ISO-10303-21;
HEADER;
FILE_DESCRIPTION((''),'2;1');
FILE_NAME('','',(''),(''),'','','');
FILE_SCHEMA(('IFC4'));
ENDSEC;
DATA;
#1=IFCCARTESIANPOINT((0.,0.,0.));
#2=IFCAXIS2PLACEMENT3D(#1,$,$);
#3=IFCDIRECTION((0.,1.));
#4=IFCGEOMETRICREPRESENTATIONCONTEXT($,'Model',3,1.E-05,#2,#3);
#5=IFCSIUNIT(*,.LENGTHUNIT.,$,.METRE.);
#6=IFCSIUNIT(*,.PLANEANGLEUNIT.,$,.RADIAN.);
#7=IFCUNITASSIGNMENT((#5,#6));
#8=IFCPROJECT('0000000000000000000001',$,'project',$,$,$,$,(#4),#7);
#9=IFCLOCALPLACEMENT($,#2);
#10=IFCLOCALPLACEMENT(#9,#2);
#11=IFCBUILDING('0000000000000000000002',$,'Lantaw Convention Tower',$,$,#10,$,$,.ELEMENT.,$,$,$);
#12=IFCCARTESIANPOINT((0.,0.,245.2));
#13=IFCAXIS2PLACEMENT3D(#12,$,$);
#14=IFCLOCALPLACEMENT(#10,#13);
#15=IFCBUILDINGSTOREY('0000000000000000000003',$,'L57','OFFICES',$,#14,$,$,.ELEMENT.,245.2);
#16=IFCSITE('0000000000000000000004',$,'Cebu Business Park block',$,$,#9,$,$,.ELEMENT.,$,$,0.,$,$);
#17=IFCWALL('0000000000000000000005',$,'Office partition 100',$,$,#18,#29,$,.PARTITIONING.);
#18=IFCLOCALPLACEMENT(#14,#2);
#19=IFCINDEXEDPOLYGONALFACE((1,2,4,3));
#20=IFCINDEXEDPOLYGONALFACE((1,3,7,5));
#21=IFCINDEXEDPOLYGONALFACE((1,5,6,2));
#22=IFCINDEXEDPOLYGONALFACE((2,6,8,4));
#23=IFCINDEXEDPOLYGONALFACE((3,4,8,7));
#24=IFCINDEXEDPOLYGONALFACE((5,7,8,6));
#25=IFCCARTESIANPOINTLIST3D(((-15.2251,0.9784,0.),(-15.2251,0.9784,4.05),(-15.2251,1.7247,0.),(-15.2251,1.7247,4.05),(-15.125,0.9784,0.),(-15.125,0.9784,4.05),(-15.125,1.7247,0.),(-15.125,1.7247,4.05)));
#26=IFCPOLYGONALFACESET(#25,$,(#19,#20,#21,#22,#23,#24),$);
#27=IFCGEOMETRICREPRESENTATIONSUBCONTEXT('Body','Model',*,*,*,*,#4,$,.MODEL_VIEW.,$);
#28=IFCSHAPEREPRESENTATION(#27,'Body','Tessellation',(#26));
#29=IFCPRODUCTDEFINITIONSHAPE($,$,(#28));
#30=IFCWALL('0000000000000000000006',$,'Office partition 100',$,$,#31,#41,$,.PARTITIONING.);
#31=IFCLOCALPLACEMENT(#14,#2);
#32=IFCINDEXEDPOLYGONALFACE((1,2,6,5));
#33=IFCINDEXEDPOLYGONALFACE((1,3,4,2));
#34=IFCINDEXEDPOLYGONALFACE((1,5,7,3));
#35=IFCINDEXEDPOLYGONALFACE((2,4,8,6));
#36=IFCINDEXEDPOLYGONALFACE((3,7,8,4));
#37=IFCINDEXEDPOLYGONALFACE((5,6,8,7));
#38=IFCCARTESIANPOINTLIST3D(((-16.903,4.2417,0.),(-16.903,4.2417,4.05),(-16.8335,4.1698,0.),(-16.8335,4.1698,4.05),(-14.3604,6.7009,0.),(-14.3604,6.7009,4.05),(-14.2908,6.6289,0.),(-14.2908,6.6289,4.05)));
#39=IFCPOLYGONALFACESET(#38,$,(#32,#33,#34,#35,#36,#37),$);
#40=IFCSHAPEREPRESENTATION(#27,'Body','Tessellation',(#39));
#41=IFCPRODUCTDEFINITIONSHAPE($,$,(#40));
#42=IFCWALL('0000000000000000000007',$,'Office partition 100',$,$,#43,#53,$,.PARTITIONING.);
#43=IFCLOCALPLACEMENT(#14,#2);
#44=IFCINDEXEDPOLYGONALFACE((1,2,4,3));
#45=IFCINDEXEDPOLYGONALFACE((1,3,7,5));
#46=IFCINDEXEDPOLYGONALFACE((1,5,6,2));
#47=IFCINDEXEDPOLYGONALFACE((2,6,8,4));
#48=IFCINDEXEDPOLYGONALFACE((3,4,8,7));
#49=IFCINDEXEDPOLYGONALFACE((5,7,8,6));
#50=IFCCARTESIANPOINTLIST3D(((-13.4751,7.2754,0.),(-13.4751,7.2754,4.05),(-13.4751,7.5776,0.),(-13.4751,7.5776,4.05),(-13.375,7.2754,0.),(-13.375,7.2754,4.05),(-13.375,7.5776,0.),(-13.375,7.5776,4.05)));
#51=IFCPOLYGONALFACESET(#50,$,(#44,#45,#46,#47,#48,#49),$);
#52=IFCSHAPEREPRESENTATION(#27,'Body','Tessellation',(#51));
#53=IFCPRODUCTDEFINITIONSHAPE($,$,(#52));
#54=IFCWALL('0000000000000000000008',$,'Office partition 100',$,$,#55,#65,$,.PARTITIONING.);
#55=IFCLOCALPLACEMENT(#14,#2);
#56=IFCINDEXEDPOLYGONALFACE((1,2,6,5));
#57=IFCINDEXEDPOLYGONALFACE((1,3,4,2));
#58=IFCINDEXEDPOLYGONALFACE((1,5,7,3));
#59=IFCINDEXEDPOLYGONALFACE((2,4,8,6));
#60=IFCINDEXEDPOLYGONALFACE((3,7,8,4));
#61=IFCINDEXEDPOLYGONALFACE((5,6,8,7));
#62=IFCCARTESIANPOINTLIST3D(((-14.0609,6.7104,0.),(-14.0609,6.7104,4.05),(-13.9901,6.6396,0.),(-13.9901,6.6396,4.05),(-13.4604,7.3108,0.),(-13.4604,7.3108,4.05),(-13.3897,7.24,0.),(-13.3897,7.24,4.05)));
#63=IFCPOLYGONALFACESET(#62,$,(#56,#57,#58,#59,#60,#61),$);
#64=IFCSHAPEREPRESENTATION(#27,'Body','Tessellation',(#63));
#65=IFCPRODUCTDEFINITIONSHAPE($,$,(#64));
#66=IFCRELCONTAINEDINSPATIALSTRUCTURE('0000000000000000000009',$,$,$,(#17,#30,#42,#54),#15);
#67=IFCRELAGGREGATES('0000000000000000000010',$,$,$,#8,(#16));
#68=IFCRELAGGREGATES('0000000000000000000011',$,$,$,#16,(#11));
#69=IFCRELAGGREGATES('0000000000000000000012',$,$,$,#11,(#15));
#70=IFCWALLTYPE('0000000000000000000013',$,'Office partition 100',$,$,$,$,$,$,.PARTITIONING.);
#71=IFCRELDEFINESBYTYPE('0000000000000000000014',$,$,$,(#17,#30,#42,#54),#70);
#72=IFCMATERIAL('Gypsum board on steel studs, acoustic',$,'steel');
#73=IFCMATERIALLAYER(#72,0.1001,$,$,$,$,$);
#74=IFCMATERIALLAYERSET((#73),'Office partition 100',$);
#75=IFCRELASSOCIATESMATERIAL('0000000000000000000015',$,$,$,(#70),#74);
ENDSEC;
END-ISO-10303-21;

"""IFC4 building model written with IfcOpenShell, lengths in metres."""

from ifc_helpers import new_model, si_unit, direction, frame, frame_2d, origin, place, context, subcontext, project, spatial, rectangle, extrude, material, layer, layer_set, type_object, element, save


model = new_model("IFC4")

# Units and contexts
model_context = context("Model", 3, precision=1e-05, world=origin(), true_north=direction((0.0, 1.0)))
body_context = subcontext(model_context, "Body", "Model", "MODEL_VIEW")
ifc_project = project(units=[si_unit("LENGTHUNIT", "METRE"), si_unit("PLANEANGLEUNIT", "RADIAN")], contexts=[model_context])

# Site, building, storey
site_placement = place(None, origin())
site = spatial("IfcSite", under=ifc_project, at=site_placement, Name="Cebu Business Park block", CompositionType="ELEMENT", RefElevation=0.0)
building_placement = place(site_placement, origin())
building = spatial("IfcBuilding", under=site, at=building_placement, Name="Lantaw Convention Tower", CompositionType="ELEMENT")
storey_placement = place(building_placement, frame((0.0, 0.0, 245.2)))
storey = spatial("IfcBuildingStorey", under=building, at=storey_placement, Name="L57", Description="OFFICES", CompositionType="ELEMENT", Elevation=245.2)

# Shared definitions
ifc_material_1 = material(Name="Gypsum board on steel studs, acoustic", Category="steel")
ifc_layer_1 = layer(ifc_material_1, 0.1001)
ifc_layer_set_1 = layer_set([ifc_layer_1], Name="Office partition 100")
wall_type_1 = type_object("IfcWallType", Name="Office partition 100", PredefinedType="PARTITIONING", material=ifc_layer_set_1)

# Walls
wall_1_placement = place(storey_placement, frame((-15.175, 1.7246, 0.0), z_axis=(0.0, 0.0, 1.0), x_axis=(0.0, -1.0, 0.0)))
element("IfcWall", 1, at=wall_1_placement, inside=storey, type_object=wall_type_1, Name="Office partition 100", PredefinedType="PARTITIONING", context=body_context, shape_type="SweptSolid", body=[
    extrude(rectangle(XDim=0.7463, YDim=0.1001, at=frame_2d((0.373, 0.0))), origin(), (0.0, 0.0, 1.0), 4.05),
])
wall_2_placement = place(storey_placement, frame((-16.8682, 4.2058, 0.0), z_axis=(0.0, 0.0, 1.0), x_axis=(0.71881, 0.695206, 0.0)))
element("IfcWall", 2, at=wall_2_placement, inside=storey, type_object=wall_type_1, Name="Office partition 100", PredefinedType="PARTITIONING", context=body_context, shape_type="SweptSolid", body=[
    extrude(rectangle(XDim=3.5374, YDim=0.1001, at=frame_2d((1.7686, 0.0))), origin(), (0.0, 0.0, 1.0), 4.05),
])
wall_3_placement = place(storey_placement, frame((-13.425, 7.5776, 0.0), z_axis=(0.0, 0.0, 1.0), x_axis=(0.0, -1.0, 0.0)))
element("IfcWall", 3, at=wall_3_placement, inside=storey, type_object=wall_type_1, Name="Office partition 100", PredefinedType="PARTITIONING", context=body_context, shape_type="SweptSolid", body=[
    extrude(rectangle(XDim=0.3022, YDim=0.1001, at=frame_2d((0.1511, 0.0))), origin(), (0.0, 0.0, 1.0), 4.05),
])
wall_4_placement = place(storey_placement, frame((-13.425, 7.2754, 0.0), z_axis=(0.0, 0.0, 1.0), x_axis=(-0.707107, -0.707107, 0.0)))
element("IfcWall", 4, at=wall_4_placement, inside=storey, type_object=wall_type_1, Name="Office partition 100", PredefinedType="PARTITIONING", context=body_context, shape_type="SweptSolid", body=[
    extrude(rectangle(XDim=0.8491, YDim=0.1001, at=frame_2d((0.4246, 0.0))), origin(), (0.0, 0.0, 1.0), 4.05),
])

save(model, "model.ifc")
